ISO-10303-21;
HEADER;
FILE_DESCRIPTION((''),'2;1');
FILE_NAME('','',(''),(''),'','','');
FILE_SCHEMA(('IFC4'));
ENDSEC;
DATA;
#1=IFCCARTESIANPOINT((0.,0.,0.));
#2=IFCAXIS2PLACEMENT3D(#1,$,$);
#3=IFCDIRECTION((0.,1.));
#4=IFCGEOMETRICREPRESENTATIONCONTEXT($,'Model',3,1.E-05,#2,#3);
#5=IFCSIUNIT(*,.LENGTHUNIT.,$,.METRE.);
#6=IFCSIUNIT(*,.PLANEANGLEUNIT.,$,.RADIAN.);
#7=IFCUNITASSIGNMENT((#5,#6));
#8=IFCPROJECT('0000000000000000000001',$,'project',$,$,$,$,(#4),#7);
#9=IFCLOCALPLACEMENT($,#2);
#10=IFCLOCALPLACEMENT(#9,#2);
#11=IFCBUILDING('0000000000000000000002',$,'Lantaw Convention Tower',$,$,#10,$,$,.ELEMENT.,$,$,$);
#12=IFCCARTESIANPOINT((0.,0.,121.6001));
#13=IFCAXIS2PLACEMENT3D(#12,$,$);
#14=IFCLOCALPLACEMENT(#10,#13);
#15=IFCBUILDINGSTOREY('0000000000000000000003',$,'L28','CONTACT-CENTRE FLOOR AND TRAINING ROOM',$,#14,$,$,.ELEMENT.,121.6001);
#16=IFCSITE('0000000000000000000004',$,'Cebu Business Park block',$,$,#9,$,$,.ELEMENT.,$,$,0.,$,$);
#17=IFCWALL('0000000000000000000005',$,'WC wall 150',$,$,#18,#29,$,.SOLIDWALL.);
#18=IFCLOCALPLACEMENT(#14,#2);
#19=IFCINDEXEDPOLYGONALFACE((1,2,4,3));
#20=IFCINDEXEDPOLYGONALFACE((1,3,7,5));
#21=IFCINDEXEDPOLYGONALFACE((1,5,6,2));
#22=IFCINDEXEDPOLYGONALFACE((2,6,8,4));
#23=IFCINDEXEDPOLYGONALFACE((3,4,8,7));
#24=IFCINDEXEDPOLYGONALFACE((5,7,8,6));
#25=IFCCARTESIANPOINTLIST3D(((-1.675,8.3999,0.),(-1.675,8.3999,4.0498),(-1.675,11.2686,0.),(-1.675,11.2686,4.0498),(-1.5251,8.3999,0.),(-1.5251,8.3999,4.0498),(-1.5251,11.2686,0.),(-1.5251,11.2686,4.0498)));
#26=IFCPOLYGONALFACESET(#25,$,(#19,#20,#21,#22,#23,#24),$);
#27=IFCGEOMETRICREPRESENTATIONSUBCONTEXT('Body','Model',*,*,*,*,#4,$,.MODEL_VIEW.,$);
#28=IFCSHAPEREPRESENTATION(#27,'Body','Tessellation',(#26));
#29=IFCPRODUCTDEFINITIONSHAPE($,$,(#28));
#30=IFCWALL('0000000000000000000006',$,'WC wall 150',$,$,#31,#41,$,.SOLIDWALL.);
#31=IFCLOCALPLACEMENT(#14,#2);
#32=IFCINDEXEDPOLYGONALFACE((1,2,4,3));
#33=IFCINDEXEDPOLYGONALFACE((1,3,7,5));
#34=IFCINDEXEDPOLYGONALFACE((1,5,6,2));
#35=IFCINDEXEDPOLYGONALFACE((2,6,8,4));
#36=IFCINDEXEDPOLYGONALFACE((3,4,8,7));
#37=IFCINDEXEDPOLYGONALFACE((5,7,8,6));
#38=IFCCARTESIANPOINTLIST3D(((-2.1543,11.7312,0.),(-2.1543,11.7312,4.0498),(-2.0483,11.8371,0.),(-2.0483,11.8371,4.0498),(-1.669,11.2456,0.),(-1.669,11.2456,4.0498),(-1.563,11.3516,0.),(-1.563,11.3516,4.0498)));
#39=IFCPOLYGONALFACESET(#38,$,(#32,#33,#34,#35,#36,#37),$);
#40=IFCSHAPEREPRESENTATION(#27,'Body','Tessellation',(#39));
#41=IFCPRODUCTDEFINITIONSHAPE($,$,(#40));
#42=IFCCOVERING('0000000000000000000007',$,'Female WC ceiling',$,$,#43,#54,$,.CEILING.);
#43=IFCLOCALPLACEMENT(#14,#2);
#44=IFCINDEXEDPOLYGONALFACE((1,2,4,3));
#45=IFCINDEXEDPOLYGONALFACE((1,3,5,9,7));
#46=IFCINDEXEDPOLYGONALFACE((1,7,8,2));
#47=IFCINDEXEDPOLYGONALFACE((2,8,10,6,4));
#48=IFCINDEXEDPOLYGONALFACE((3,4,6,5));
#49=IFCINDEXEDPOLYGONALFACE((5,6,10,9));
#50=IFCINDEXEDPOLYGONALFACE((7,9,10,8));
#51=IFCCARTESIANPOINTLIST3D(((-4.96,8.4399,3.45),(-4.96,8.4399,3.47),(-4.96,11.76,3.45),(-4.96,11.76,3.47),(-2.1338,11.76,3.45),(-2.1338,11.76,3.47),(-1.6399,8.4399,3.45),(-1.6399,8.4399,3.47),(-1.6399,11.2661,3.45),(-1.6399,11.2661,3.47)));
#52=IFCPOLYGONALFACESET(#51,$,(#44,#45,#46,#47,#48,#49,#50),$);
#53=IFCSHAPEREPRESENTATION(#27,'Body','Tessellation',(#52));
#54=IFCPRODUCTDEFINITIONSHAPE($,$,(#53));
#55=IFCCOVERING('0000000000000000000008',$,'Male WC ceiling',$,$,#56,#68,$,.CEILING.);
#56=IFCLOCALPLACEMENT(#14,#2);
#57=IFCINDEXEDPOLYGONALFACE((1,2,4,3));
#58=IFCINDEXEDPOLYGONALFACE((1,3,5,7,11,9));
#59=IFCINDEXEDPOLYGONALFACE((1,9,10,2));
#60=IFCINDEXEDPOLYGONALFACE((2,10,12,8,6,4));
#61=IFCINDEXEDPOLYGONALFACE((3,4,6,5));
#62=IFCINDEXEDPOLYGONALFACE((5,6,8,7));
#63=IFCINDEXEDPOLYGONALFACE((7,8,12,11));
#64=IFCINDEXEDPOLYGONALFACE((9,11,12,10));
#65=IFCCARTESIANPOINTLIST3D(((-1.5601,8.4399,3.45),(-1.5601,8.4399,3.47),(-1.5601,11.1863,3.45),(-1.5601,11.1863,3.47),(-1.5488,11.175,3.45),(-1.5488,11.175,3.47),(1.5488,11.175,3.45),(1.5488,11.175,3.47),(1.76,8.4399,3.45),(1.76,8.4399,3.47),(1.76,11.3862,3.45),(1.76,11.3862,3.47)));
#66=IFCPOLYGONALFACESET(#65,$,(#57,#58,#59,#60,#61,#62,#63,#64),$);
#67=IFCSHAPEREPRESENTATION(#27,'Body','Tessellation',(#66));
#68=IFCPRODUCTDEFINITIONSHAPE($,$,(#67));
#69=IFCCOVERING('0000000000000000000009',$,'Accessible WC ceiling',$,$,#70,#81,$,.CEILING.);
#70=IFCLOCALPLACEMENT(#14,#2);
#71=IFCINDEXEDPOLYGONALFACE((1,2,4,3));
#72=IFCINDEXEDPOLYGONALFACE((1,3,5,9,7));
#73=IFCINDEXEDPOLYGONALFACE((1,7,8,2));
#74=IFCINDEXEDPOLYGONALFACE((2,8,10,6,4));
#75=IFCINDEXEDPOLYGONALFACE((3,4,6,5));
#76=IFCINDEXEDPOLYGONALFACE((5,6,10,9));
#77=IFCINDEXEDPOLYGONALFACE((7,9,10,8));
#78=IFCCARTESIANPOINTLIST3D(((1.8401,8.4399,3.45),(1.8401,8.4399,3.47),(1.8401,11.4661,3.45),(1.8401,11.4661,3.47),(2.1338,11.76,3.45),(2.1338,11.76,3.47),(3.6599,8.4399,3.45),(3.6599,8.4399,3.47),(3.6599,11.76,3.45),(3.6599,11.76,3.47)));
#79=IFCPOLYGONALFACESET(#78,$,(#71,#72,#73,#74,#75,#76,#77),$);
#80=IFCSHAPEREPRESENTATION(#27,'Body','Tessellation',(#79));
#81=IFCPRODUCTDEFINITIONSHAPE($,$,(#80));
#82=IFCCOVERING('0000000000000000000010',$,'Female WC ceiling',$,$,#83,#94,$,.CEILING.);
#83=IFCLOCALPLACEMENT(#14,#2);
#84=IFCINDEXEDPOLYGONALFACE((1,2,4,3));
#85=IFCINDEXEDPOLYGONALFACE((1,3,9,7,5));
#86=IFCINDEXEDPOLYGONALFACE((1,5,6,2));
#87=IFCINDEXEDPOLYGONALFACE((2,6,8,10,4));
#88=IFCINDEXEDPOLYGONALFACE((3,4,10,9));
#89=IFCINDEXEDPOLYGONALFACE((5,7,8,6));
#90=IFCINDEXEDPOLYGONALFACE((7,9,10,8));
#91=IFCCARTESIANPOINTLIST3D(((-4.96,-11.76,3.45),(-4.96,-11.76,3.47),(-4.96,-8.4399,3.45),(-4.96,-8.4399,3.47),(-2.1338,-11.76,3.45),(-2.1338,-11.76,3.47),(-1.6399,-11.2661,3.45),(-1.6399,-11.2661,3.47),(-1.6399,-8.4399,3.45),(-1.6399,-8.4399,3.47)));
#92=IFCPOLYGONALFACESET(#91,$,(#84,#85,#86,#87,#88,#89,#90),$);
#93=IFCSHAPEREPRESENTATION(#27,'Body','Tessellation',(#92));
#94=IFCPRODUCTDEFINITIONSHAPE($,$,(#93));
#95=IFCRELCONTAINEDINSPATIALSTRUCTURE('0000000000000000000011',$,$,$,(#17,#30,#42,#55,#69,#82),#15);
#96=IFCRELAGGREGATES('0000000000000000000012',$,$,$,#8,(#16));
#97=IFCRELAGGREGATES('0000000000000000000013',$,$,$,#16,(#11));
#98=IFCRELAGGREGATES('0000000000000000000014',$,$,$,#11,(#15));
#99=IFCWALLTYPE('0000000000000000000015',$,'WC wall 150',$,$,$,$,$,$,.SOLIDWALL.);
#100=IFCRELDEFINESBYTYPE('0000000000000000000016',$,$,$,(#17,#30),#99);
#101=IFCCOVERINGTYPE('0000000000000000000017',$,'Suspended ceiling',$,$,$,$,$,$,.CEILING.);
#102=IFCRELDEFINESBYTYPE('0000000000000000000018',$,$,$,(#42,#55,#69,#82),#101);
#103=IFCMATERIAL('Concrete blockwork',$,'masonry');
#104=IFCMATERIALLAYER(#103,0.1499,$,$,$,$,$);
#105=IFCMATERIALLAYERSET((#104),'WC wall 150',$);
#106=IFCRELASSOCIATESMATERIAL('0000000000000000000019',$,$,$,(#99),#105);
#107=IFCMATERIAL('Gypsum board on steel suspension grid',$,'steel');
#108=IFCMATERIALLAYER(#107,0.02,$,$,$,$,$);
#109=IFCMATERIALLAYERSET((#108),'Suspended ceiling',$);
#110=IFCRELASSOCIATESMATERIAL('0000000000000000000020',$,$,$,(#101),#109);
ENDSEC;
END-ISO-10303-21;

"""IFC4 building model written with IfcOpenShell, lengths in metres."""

from ifc_helpers import new_model, si_unit, direction, frame, frame_2d, origin, place, context, subcontext, project, spatial, polyline, rectangle, outline, extrude, material, layer, layer_set, type_object, element, save


model = new_model("IFC4")

# Units and contexts
model_context = context("Model", 3, precision=1e-05, world=origin(), true_north=direction((0.0, 1.0)))
body_context = subcontext(model_context, "Body", "Model", "MODEL_VIEW")
ifc_project = project(units=[si_unit("LENGTHUNIT", "METRE"), si_unit("PLANEANGLEUNIT", "RADIAN")], contexts=[model_context])

# Site, building, storey
site_placement = place(None, origin())
site = spatial("IfcSite", under=ifc_project, at=site_placement, Name="Cebu Business Park block", CompositionType="ELEMENT", RefElevation=0.0)
building_placement = place(site_placement, origin())
building = spatial("IfcBuilding", under=site, at=building_placement, Name="Lantaw Convention Tower", CompositionType="ELEMENT")
storey_placement = place(building_placement, frame((0.0, 0.0, 121.6001)))
storey = spatial("IfcBuildingStorey", under=building, at=storey_placement, Name="L28", Description="CONTACT-CENTRE FLOOR AND TRAINING ROOM", CompositionType="ELEMENT", Elevation=121.6001)

# Shared definitions
ifc_material_1 = material(Name="Concrete blockwork", Category="masonry")
ifc_layer_1 = layer(ifc_material_1, 0.1499)
ifc_layer_set_1 = layer_set([ifc_layer_1], Name="WC wall 150")
wall_type_1 = type_object("IfcWallType", Name="WC wall 150", PredefinedType="SOLIDWALL", material=ifc_layer_set_1)

# Walls
wall_1_placement = place(storey_placement, frame((-1.6001, 8.3999, 0.0), z_axis=(0.0, 0.0, 1.0), x_axis=(0.0, 1.0, 0.0)))
element("IfcWall", 1, at=wall_1_placement, inside=storey, type_object=wall_type_1, Name="WC wall 150", PredefinedType="SOLIDWALL", context=body_context, shape_type="SweptSolid", body=[
    extrude(rectangle(XDim=2.8687, YDim=0.1499, at=frame_2d((1.4343, 0.0))), origin(), (0.0, 0.0, 1.0), 4.0498),
])
wall_2_placement = place(storey_placement, frame((-1.616, 11.2986, 0.0), z_axis=(0.0, 0.0, 1.0), x_axis=(-0.706929, 0.707285, 0.0)))
element("IfcWall", 2, at=wall_2_placement, inside=storey, type_object=wall_type_1, Name="WC wall 150", PredefinedType="SOLIDWALL", context=body_context, shape_type="SweptSolid", body=[
    extrude(rectangle(XDim=0.6865, YDim=0.1499, at=frame_2d((0.3433, 0.0))), origin(), (0.0, 0.0, 1.0), 4.0498),
])

# Coverings
ifc_material_2 = material(Name="Gypsum board on steel suspension grid", Category="steel")
ifc_layer_2 = layer(ifc_material_2, 0.02)
ifc_layer_set_2 = layer_set([ifc_layer_2], Name="Suspended ceiling")
covering_type = type_object("IfcCoveringType", Name="Suspended ceiling", PredefinedType="CEILING", material=ifc_layer_set_2)
covering_1_placement = place(storey_placement, frame((0.0, 0.0, 3.45)))
element("IfcCovering", 3, at=covering_1_placement, inside=storey, type_object=covering_type, Name="Female WC ceiling", PredefinedType="CEILING", context=body_context, shape_type="SweptSolid", body=[
    extrude(outline(polyline([(-4.96, 11.76), (-4.96, 8.4399), (-1.6399, 8.4399), (-1.6399, 11.2661), (-2.1338, 11.76), (-4.96, 11.76)])), origin(), (0.0, 0.0, 1.0), 0.02),
])
covering_2_placement = place(storey_placement, frame((0.0, 0.0, 3.45)))
element("IfcCovering", 4, at=covering_2_placement, inside=storey, type_object=covering_type, Name="Male WC ceiling", PredefinedType="CEILING", context=body_context, shape_type="SweptSolid", body=[
    extrude(outline(polyline([(-1.5601, 11.1863), (-1.5601, 8.4399), (1.76, 8.4399), (1.76, 11.3862), (1.5488, 11.175), (-1.5488, 11.175), (-1.5601, 11.1863)])), origin(), (0.0, 0.0, 1.0), 0.02),
])
covering_3_placement = place(storey_placement, frame((0.0, 0.0, 3.45)))
element("IfcCovering", 5, at=covering_3_placement, inside=storey, type_object=covering_type, Name="Accessible WC ceiling", PredefinedType="CEILING", context=body_context, shape_type="SweptSolid", body=[
    extrude(outline(polyline([(1.8401, 11.4661), (1.8401, 8.4399), (3.6599, 8.4399), (3.6599, 11.76), (2.1338, 11.76), (1.8401, 11.4661)])), origin(), (0.0, 0.0, 1.0), 0.02),
])
covering_4_placement = place(storey_placement, frame((0.0, 0.0, 3.45)))
element("IfcCovering", 6, at=covering_4_placement, inside=storey, type_object=covering_type, Name="Female WC ceiling", PredefinedType="CEILING", context=body_context, shape_type="SweptSolid", body=[
    extrude(outline(polyline([(-4.96, -8.4399), (-4.96, -11.76), (-2.1338, -11.76), (-1.6399, -11.2661), (-1.6399, -8.4399), (-4.96, -8.4399)])), origin(), (0.0, 0.0, 1.0), 0.02),
])

save(model, "model.ifc")
